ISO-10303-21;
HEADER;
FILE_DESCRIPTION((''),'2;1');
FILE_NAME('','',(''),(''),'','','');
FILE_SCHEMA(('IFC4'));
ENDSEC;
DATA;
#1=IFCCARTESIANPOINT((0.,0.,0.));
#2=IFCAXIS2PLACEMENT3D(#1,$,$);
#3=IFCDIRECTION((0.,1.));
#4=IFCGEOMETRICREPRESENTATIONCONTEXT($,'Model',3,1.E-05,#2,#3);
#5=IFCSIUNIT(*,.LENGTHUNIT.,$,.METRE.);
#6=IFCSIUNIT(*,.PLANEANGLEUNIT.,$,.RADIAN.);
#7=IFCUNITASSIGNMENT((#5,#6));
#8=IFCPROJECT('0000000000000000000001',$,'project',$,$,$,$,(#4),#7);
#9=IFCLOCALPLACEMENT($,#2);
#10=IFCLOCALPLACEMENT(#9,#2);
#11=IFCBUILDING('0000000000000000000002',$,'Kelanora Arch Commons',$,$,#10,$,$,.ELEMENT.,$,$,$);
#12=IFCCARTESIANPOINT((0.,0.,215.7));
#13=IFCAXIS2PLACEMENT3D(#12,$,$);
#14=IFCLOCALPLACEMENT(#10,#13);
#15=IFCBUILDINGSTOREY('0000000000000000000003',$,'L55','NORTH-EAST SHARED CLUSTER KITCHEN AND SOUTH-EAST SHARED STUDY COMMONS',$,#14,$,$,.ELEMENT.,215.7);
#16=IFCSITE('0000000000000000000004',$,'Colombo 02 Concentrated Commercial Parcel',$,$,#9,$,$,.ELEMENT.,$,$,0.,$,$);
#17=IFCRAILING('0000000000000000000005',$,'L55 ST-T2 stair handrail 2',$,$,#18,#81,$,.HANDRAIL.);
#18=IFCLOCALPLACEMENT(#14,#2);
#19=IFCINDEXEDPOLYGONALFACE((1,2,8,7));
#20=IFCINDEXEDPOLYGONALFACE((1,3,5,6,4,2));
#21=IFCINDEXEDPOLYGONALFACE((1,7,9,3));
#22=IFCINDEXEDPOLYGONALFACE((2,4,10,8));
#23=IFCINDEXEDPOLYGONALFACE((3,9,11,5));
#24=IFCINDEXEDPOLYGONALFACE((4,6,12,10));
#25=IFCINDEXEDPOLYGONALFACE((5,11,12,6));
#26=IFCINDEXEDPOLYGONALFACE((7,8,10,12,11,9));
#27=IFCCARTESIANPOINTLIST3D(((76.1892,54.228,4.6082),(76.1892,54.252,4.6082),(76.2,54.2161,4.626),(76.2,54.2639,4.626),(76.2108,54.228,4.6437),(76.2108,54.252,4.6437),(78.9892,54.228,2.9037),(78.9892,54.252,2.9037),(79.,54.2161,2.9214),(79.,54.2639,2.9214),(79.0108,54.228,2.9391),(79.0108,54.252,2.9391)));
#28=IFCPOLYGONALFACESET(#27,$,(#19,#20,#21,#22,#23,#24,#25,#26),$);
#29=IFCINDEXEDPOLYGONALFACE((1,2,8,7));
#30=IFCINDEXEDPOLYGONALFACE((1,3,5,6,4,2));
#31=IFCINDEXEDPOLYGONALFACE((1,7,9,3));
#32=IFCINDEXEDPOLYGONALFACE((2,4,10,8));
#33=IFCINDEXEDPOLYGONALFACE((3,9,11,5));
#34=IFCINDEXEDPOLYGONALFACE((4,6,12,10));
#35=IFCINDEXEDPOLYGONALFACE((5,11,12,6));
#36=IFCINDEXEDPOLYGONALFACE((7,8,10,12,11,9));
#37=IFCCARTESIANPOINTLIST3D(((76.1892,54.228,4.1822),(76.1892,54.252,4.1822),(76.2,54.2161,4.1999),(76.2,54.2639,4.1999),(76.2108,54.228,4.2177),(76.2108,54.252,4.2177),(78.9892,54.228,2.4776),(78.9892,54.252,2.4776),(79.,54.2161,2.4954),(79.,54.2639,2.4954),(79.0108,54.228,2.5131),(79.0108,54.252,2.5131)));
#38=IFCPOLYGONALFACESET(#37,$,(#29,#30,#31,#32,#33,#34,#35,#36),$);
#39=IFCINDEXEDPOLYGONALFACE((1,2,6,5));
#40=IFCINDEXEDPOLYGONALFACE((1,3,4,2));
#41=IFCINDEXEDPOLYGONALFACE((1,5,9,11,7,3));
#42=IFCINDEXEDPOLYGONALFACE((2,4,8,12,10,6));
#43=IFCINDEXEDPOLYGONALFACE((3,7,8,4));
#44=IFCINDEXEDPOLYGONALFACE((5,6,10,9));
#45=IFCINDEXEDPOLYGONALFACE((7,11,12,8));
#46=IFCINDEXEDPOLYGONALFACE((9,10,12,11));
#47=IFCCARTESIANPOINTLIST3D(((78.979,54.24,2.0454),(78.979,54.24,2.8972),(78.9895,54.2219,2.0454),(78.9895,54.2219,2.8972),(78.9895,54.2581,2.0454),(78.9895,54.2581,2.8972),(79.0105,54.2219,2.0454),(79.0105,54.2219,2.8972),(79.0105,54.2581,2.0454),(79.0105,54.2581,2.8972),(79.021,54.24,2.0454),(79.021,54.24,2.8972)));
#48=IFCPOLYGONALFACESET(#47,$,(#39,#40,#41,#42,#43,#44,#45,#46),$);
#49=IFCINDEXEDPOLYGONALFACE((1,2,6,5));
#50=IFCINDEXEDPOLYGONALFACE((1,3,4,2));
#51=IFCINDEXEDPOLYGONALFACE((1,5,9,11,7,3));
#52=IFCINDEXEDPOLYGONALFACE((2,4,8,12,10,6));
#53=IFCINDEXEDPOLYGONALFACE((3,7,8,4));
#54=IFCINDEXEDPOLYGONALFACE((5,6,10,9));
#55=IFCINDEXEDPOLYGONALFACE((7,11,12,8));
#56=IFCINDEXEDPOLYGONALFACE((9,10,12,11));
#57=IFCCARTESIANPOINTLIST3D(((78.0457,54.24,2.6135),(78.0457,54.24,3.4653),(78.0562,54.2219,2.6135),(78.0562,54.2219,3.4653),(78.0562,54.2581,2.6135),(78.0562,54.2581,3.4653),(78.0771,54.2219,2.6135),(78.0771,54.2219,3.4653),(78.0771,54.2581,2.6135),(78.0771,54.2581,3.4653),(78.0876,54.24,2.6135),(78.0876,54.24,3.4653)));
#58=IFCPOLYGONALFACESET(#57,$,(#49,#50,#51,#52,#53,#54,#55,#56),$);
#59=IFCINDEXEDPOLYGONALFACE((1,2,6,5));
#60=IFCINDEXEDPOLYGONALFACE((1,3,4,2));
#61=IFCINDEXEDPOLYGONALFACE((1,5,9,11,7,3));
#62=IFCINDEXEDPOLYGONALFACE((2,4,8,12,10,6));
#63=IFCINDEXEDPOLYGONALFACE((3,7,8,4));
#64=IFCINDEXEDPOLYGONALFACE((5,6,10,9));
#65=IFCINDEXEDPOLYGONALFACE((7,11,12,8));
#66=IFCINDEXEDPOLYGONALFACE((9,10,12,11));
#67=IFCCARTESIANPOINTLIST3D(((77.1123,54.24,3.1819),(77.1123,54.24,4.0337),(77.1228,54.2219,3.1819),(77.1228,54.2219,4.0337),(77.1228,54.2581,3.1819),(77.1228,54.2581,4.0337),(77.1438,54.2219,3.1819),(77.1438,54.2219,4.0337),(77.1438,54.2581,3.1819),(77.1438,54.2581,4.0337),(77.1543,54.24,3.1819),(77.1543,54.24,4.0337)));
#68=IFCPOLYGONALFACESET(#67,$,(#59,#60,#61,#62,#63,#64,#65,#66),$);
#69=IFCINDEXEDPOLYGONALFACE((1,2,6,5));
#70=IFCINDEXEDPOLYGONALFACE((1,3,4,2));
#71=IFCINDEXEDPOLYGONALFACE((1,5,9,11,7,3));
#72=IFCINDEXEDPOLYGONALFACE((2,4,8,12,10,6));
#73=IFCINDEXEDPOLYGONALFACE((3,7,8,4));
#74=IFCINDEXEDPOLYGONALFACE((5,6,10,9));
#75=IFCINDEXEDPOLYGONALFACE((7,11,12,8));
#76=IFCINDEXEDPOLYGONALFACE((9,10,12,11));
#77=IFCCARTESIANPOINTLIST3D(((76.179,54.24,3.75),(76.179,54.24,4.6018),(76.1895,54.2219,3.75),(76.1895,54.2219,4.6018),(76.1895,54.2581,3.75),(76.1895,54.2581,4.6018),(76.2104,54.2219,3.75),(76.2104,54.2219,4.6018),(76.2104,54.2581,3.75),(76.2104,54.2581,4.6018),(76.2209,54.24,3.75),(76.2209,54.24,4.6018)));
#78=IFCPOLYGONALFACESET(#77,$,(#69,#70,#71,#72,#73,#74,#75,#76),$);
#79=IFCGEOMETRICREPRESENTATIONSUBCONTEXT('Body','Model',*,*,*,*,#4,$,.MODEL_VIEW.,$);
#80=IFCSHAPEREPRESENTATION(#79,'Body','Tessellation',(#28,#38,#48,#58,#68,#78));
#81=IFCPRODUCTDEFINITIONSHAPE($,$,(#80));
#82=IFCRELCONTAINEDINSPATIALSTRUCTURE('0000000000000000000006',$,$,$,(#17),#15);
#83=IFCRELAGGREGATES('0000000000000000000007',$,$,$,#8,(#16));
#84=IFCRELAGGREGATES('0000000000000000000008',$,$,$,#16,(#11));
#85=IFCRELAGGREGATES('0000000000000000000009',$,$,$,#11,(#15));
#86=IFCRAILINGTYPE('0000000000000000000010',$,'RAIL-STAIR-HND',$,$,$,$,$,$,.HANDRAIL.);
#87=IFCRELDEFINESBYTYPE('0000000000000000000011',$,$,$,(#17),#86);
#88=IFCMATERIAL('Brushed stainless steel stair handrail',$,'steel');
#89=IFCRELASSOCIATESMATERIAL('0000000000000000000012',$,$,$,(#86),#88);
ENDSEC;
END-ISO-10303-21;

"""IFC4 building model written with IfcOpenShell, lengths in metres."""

from ifc_helpers import new_model, si_unit, direction, frame, origin, place, context, subcontext, project, spatial, polyline, outline, extrude, material, type_object, element, save


model = new_model("IFC4")

# Units and contexts
model_context = context("Model", 3, precision=1e-05, world=origin(), true_north=direction((0.0, 1.0)))
body_context = subcontext(model_context, "Body", "Model", "MODEL_VIEW")
ifc_project = project(units=[si_unit("LENGTHUNIT", "METRE"), si_unit("PLANEANGLEUNIT", "RADIAN")], contexts=[model_context])

# Site, building, storey
site_placement = place(None, origin())
site = spatial("IfcSite", under=ifc_project, at=site_placement, Name="Colombo 02 Concentrated Commercial Parcel", CompositionType="ELEMENT", RefElevation=0.0)
building_placement = place(site_placement, origin())
building = spatial("IfcBuilding", under=site, at=building_placement, Name="Kelanora Arch Commons", CompositionType="ELEMENT")
storey_placement = place(building_placement, frame((0.0, 0.0, 215.7)))
storey = spatial("IfcBuildingStorey", under=building, at=storey_placement, Name="L55", Description="NORTH-EAST SHARED CLUSTER KITCHEN AND SOUTH-EAST SHARED STUDY COMMONS", CompositionType="ELEMENT", Elevation=215.7)

# Railing
ifc_material_1 = material(Name="Brushed stainless steel stair handrail", Category="steel")
railing_type_1 = type_object("IfcRailingType", Name="RAIL-STAIR-HND", PredefinedType="HANDRAIL", material=ifc_material_1)
railing_1_placement = place(storey_placement, frame((79.0, 54.24, 2.0454)))
element("IfcRailing", 1, at=railing_1_placement, inside=storey, type_object=railing_type_1, Name="L55 ST-T2 stair handrail 2", PredefinedType="HANDRAIL", context=body_context, shape_type="SweptSolid", body=[
    extrude(outline(polyline([(0.0239, 0.0), (0.012, 0.0208), (-0.012, 0.0208), (-0.0239, 0.0), (-0.012, -0.0208), (0.012, -0.0208), (0.0239, 0.0)])), frame((0.0, 0.0, 0.876), z_axis=(-0.85417, 0.0, 0.519994), x_axis=(0.0, -1.0, 0.0)), (0.0, 0.0, 1.0), 3.2781),
    extrude(outline(polyline([(0.0239, 0.0), (0.012, 0.0208), (-0.012, 0.0208), (-0.0239, 0.0), (-0.012, -0.0208), (0.012, -0.0208), (0.0239, 0.0)])), frame((0.0, 0.0, 0.45), z_axis=(-0.85417, 0.0, 0.519994), x_axis=(0.0, -1.0, 0.0)), (0.0, 0.0, 1.0), 3.2781),
    extrude(outline(polyline([(0.021, 0.0), (0.0105, 0.0181), (-0.0105, 0.0181), (-0.021, 0.0), (-0.0105, -0.0181), (0.0105, -0.0181), (0.021, 0.0)])), origin(), (0.0, 0.0, 1.0), 0.8518),
    extrude(outline(polyline([(0.021, 0.0), (0.0105, 0.0181), (-0.0105, 0.0181), (-0.021, 0.0), (-0.0105, -0.0181), (0.0105, -0.0181), (0.021, 0.0)])), frame((-0.9333, 0.0, 0.5681)), (0.0, 0.0, 1.0), 0.8518),
    extrude(outline(polyline([(0.021, 0.0), (0.0105, 0.0181), (-0.0105, 0.0181), (-0.021, 0.0), (-0.0105, -0.0181), (0.0105, -0.0181), (0.021, 0.0)])), frame((-1.8667, 0.0, 1.1365)), (0.0, 0.0, 1.0), 0.8518),
    extrude(outline(polyline([(0.021, 0.0), (0.0105, 0.0181), (-0.0105, 0.0181), (-0.021, 0.0), (-0.0105, -0.0181), (0.0105, -0.0181), (0.021, 0.0)])), frame((-2.8, 0.0, 1.7046)), (0.0, 0.0, 1.0), 0.8518),
])

save(model, "model.ifc")
